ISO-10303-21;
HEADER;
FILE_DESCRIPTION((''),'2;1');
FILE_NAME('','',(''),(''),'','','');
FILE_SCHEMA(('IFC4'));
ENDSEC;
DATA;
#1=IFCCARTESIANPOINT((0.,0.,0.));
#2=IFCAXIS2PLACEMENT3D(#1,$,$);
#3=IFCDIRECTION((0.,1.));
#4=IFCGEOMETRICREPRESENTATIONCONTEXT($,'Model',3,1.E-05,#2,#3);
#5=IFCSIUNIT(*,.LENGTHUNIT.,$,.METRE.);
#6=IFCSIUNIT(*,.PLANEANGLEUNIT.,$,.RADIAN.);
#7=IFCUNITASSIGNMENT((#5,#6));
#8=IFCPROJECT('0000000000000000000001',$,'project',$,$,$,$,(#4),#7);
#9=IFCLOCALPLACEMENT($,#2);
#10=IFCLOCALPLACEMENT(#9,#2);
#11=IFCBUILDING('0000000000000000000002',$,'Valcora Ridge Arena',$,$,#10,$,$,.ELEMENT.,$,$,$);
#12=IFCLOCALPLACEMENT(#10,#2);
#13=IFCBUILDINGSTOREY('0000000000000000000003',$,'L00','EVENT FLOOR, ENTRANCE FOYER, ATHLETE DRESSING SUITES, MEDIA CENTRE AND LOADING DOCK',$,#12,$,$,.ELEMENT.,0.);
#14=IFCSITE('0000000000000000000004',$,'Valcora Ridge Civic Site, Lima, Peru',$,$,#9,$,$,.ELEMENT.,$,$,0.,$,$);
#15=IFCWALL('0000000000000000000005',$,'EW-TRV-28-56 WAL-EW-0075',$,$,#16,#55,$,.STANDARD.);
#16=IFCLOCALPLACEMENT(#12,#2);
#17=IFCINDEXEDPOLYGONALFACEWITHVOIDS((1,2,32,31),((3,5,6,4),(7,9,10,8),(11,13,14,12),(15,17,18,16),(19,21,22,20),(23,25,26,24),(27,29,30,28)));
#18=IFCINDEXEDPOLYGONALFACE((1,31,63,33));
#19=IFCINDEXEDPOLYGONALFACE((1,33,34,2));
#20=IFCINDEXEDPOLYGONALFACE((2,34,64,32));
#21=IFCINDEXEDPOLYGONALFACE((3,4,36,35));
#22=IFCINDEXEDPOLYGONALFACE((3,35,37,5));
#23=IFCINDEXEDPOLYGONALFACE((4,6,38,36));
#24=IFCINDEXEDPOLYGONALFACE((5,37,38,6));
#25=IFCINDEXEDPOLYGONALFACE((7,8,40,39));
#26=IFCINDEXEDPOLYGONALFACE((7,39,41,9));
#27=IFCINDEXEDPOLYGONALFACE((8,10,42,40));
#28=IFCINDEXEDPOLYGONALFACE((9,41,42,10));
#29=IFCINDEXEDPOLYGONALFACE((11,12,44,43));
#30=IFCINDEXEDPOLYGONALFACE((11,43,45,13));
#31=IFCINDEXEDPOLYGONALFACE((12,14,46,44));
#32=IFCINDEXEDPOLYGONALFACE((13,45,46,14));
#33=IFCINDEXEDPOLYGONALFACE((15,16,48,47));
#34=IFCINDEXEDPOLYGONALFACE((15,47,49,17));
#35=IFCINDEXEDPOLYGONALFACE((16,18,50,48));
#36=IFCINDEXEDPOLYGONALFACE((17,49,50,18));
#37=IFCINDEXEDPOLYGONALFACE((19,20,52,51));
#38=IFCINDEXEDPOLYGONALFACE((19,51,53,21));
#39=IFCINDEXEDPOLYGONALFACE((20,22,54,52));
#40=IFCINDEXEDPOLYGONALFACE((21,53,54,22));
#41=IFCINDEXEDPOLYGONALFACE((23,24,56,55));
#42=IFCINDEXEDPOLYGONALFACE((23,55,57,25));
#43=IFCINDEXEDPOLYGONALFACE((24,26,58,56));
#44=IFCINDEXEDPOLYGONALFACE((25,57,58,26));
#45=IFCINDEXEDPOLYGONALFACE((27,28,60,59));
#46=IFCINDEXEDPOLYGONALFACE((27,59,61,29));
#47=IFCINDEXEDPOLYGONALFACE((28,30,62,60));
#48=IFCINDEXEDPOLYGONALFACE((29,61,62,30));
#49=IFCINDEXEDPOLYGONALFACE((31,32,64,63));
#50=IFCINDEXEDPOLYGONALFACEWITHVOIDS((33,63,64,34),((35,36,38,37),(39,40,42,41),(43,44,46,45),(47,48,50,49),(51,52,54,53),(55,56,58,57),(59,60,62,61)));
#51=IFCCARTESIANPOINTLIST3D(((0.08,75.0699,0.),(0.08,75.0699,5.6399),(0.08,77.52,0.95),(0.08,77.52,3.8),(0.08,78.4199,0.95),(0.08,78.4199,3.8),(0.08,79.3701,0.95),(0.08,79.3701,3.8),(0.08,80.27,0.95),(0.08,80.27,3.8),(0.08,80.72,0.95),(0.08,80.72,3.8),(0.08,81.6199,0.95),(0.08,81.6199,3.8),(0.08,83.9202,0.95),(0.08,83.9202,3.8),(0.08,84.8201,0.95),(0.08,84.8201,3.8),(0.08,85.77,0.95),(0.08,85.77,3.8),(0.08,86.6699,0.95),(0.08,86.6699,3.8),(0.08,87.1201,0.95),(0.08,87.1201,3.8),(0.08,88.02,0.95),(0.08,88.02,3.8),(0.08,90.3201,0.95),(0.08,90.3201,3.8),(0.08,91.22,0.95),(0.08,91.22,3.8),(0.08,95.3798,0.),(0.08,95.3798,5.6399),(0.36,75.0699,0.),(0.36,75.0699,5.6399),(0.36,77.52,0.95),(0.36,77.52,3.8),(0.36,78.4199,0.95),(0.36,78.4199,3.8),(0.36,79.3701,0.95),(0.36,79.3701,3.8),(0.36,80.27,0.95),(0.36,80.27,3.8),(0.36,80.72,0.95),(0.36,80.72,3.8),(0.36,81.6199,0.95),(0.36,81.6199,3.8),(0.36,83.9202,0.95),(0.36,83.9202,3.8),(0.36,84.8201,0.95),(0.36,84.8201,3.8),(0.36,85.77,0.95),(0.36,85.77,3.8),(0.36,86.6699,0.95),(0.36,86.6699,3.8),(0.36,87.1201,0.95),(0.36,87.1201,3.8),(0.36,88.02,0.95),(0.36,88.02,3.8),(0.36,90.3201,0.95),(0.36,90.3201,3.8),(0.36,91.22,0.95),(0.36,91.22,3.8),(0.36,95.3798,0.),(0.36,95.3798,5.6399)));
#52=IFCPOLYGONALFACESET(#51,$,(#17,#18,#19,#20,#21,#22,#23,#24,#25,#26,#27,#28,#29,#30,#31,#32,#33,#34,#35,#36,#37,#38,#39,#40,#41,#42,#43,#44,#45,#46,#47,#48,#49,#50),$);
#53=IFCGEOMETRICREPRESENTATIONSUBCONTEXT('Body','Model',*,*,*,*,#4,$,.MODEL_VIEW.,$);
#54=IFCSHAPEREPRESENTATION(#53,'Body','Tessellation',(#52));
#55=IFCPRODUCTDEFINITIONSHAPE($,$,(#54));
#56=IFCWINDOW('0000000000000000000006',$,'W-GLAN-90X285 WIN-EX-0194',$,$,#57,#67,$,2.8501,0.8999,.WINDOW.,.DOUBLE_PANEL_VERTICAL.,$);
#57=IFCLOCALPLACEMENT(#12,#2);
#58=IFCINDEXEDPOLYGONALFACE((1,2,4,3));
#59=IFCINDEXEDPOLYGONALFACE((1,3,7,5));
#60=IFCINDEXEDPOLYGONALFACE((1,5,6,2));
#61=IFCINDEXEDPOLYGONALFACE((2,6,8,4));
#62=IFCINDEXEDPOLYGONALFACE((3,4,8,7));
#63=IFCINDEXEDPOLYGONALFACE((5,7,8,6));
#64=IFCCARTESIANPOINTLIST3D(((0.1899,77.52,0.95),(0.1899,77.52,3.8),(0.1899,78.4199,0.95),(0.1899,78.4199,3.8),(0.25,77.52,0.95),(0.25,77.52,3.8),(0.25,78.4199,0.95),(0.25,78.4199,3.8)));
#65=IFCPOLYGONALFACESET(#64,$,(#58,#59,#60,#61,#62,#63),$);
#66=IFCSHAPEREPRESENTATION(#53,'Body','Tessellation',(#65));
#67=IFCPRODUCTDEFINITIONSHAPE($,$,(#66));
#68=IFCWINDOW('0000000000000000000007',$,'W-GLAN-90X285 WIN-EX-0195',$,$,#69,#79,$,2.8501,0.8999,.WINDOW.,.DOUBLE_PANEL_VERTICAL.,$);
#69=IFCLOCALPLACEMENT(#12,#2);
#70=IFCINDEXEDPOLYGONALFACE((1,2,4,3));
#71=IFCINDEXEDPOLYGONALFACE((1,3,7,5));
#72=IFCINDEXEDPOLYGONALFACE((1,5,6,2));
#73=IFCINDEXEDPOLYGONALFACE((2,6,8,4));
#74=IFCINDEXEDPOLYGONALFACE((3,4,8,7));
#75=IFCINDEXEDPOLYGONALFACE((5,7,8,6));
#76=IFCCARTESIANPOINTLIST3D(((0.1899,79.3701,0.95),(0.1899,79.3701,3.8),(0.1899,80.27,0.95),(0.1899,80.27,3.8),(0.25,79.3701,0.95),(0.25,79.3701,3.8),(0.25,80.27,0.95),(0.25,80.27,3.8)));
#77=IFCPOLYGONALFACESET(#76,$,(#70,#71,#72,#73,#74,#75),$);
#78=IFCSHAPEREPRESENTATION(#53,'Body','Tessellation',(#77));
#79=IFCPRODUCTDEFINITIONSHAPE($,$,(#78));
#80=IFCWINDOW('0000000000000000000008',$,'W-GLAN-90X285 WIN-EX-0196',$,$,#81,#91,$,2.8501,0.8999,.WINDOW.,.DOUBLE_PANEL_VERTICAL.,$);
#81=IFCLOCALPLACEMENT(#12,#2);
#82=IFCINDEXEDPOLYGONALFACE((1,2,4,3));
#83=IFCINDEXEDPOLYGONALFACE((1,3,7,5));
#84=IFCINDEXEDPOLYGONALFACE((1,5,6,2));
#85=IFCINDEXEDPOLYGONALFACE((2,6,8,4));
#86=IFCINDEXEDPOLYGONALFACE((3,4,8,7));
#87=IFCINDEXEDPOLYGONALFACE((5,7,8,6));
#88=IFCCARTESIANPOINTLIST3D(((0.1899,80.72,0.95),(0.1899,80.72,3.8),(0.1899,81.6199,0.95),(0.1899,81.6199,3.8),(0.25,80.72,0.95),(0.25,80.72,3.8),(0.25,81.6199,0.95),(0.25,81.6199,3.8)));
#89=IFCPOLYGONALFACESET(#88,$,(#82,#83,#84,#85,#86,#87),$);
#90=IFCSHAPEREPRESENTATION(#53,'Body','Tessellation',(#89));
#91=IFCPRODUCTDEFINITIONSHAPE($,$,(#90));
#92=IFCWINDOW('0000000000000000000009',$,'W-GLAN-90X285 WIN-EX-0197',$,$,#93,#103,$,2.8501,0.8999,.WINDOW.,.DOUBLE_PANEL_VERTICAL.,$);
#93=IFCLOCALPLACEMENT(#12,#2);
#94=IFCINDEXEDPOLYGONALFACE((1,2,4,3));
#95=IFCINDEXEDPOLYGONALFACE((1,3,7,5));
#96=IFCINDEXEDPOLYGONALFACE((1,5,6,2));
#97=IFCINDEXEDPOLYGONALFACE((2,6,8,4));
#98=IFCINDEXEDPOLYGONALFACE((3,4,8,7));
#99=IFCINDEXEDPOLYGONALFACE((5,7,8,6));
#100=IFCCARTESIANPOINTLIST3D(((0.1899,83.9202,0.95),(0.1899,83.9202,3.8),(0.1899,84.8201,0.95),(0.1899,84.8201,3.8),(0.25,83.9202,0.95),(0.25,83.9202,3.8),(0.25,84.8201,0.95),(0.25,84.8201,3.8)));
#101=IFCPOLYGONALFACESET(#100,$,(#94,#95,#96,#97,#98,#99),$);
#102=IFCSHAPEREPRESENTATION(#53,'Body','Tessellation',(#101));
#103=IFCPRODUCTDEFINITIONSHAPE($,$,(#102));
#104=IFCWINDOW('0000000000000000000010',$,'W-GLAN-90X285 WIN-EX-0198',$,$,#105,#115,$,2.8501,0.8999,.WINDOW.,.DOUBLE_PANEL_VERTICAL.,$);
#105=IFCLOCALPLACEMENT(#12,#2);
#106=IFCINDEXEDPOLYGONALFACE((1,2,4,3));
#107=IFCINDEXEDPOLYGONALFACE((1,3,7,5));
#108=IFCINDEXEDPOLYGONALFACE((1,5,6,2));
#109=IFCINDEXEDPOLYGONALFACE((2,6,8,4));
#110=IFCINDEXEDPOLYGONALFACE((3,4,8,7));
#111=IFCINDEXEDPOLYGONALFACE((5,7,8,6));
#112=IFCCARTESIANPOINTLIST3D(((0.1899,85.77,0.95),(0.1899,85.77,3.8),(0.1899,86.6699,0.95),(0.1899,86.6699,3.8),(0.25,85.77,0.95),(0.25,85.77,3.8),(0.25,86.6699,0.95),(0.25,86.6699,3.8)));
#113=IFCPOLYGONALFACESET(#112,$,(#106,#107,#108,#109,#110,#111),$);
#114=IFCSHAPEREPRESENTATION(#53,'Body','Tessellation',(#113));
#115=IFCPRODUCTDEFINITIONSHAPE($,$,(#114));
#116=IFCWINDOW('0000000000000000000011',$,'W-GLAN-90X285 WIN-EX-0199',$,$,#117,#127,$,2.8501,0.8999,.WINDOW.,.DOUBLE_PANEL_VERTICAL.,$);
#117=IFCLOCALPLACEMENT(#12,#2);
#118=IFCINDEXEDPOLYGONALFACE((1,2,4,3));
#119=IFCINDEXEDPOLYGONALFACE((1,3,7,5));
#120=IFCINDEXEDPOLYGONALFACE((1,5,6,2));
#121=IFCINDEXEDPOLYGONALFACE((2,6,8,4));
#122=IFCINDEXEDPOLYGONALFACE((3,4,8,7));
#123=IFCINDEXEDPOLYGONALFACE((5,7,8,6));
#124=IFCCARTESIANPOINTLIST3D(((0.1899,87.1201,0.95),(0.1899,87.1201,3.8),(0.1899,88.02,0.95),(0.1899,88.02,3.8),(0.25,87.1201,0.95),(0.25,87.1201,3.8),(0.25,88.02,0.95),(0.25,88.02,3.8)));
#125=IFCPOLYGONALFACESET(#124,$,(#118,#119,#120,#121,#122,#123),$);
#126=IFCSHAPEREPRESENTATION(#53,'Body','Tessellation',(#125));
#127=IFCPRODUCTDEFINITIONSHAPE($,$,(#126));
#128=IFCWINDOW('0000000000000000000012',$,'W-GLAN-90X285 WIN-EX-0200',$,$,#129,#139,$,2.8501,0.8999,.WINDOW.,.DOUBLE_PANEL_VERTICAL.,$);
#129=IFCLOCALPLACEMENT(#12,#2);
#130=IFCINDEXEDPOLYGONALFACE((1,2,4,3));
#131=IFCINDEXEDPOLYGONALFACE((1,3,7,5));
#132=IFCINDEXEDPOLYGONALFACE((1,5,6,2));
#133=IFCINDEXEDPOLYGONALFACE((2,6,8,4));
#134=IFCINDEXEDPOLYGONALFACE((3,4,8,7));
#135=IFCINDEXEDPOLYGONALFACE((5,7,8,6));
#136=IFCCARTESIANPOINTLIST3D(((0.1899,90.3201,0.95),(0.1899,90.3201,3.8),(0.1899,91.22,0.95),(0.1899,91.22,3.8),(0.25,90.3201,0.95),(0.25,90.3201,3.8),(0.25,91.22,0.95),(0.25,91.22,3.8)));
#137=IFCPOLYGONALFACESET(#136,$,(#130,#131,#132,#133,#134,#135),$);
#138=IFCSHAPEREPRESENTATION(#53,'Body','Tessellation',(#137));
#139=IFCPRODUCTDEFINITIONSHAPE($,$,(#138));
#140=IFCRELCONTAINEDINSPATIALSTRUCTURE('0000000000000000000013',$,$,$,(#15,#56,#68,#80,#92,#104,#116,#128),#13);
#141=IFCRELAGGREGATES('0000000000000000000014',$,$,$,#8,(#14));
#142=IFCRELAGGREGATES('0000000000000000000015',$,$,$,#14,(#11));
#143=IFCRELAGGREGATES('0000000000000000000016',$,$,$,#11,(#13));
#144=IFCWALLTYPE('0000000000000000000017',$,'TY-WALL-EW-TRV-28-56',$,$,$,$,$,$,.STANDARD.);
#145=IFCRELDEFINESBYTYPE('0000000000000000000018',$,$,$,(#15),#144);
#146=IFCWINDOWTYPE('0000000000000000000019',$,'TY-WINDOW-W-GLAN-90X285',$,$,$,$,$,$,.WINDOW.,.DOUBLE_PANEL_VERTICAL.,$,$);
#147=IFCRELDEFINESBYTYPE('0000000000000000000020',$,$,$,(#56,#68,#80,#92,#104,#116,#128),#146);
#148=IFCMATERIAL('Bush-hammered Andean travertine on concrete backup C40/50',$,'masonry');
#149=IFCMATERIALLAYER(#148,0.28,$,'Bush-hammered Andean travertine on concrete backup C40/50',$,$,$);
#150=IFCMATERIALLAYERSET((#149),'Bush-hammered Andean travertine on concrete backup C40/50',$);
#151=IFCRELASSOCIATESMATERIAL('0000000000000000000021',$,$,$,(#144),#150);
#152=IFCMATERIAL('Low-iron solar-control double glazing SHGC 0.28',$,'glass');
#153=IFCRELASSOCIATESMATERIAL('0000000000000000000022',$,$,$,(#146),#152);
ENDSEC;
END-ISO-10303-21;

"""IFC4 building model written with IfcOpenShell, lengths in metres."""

from ifc_helpers import new_model, si_unit, direction, frame, frame_2d, origin, place, context, subcontext, project, spatial, rectangle, extrude, material, layer, layer_set, type_object, element, fill, save


model = new_model("IFC4")

# Units and contexts
model_context = context("Model", 3, precision=1e-05, world=origin(), true_north=direction((0.0, 1.0)))
body_context = subcontext(model_context, "Body", "Model", "MODEL_VIEW")
ifc_project = project(units=[si_unit("LENGTHUNIT", "METRE"), si_unit("PLANEANGLEUNIT", "RADIAN")], contexts=[model_context])

# Site, building, storey
site_placement = place(None, origin())
site = spatial("IfcSite", under=ifc_project, at=site_placement, Name="Valcora Ridge Civic Site, Lima, Peru", CompositionType="ELEMENT", RefElevation=0.0)
building_placement = place(site_placement, origin())
building = spatial("IfcBuilding", under=site, at=building_placement, Name="Valcora Ridge Arena", CompositionType="ELEMENT")
storey_placement = place(building_placement, origin())
storey = spatial("IfcBuildingStorey", under=building, at=storey_placement, Name="L00", Description="EVENT FLOOR, ENTRANCE FOYER, ATHLETE DRESSING SUITES, MEDIA CENTRE AND LOADING DOCK", CompositionType="ELEMENT", Elevation=0.0)

# Shared definitions
ifc_material_1 = material(Name="Bush-hammered Andean travertine on concrete backup C40/50", Category="masonry")
ifc_layer_1 = layer(ifc_material_1, 0.28, Name="Bush-hammered Andean travertine on concrete backup C40/50")
ifc_layer_set_1 = layer_set([ifc_layer_1], Name="Bush-hammered Andean travertine on concrete backup C40/50")
wall_type_1 = type_object("IfcWallType", Name="TY-WALL-EW-TRV-28-56", PredefinedType="STANDARD", material=ifc_layer_set_1)

# Wall, openings, windows
wall_1_placement = place(storey_placement, frame((0.22, 75.0701, 0.0), z_axis=(0.0, 0.0, 1.0), x_axis=(0.0, 1.0, 0.0)))
wall_1 = element("IfcWall", 1, at=wall_1_placement, inside=storey, type_object=wall_type_1, Name="EW-TRV-28-56 WAL-EW-0075", PredefinedType="STANDARD", context=body_context, shape_type="SweptSolid", body=[
    extrude(rectangle(XDim=20.3098, YDim=0.28, at=frame_2d((10.1548, 0.0))), origin(), (0.0, 0.0, 1.0), 5.6399),
])
opening_1_placement = place(wall_1_placement, frame((2.45, 0.0, 0.95)))
opening_1 = element("IfcOpeningElement", 2, at=opening_1_placement, cuts=wall_1, PredefinedType="OPENING", context=body_context, shape_type="SweptSolid", body=[
    extrude(rectangle(XDim=0.8999, YDim=2.8501, at=frame_2d((0.45, 1.425))), frame((0.0, 0.1499, 0.0), z_axis=(0.0, -1.0, 0.0), x_axis=(1.0, 0.0, 0.0)), (0.0, 0.0, 1.0), 0.3),
])
opening_2_placement = place(wall_1_placement, frame((4.3, 0.0, 0.95)))
opening_2 = element("IfcOpeningElement", 3, at=opening_2_placement, cuts=wall_1, PredefinedType="OPENING", context=body_context, shape_type="SweptSolid", body=[
    extrude(rectangle(XDim=0.8999, YDim=2.8501, at=frame_2d((0.45, 1.425))), frame((0.0, 0.1499, 0.0), z_axis=(0.0, -1.0, 0.0), x_axis=(1.0, 0.0, 0.0)), (0.0, 0.0, 1.0), 0.3),
])
opening_3_placement = place(wall_1_placement, frame((5.6499, 0.0, 0.95)))
opening_3 = element("IfcOpeningElement", 4, at=opening_3_placement, cuts=wall_1, PredefinedType="OPENING", context=body_context, shape_type="SweptSolid", body=[
    extrude(rectangle(XDim=0.8999, YDim=2.8501, at=frame_2d((0.45, 1.425))), frame((0.0, 0.1499, 0.0), z_axis=(0.0, -1.0, 0.0), x_axis=(1.0, 0.0, 0.0)), (0.0, 0.0, 1.0), 0.3),
])
opening_4_placement = place(wall_1_placement, frame((8.8501, 0.0, 0.95)))
opening_4 = element("IfcOpeningElement", 5, at=opening_4_placement, cuts=wall_1, PredefinedType="OPENING", context=body_context, shape_type="SweptSolid", body=[
    extrude(rectangle(XDim=0.8999, YDim=2.8501, at=frame_2d((0.45, 1.425))), frame((0.0, 0.1499, 0.0), z_axis=(0.0, -1.0, 0.0), x_axis=(1.0, 0.0, 0.0)), (0.0, 0.0, 1.0), 0.3),
])
opening_5_placement = place(wall_1_placement, frame((10.7, 0.0, 0.95)))
opening_5 = element("IfcOpeningElement", 6, at=opening_5_placement, cuts=wall_1, PredefinedType="OPENING", context=body_context, shape_type="SweptSolid", body=[
    extrude(rectangle(XDim=0.8999, YDim=2.8501, at=frame_2d((0.45, 1.425))), frame((0.0, 0.1499, 0.0), z_axis=(0.0, -1.0, 0.0), x_axis=(1.0, 0.0, 0.0)), (0.0, 0.0, 1.0), 0.3),
])
opening_6_placement = place(wall_1_placement, frame((12.05, 0.0, 0.95)))
opening_6 = element("IfcOpeningElement", 7, at=opening_6_placement, cuts=wall_1, PredefinedType="OPENING", context=body_context, shape_type="SweptSolid", body=[
    extrude(rectangle(XDim=0.8999, YDim=2.8501, at=frame_2d((0.45, 1.425))), frame((0.0, 0.1499, 0.0), z_axis=(0.0, -1.0, 0.0), x_axis=(1.0, 0.0, 0.0)), (0.0, 0.0, 1.0), 0.3),
])
opening_7_placement = place(wall_1_placement, frame((15.25, 0.0, 0.95)))
opening_7 = element("IfcOpeningElement", 8, at=opening_7_placement, cuts=wall_1, PredefinedType="OPENING", context=body_context, shape_type="SweptSolid", body=[
    extrude(rectangle(XDim=0.8999, YDim=2.8501, at=frame_2d((0.45, 1.425))), frame((0.0, 0.1499, 0.0), z_axis=(0.0, -1.0, 0.0), x_axis=(1.0, 0.0, 0.0)), (0.0, 0.0, 1.0), 0.3),
])
ifc_material_2 = material(Name="Low-iron solar-control double glazing SHGC 0.28", Category="glass")
window_type = type_object("IfcWindowType", Name="TY-WINDOW-W-GLAN-90X285", PartitioningType="DOUBLE_PANEL_VERTICAL", PredefinedType="WINDOW", material=ifc_material_2)
window_1_placement = place(opening_1_placement, origin())
window_1 = element("IfcWindow", 9, at=window_1_placement, inside=storey, type_object=window_type, Name="W-GLAN-90X285 WIN-EX-0194", OverallHeight=2.8501, OverallWidth=0.8999, PartitioningType="DOUBLE_PANEL_VERTICAL", PredefinedType="WINDOW", context=body_context, shape_type="SweptSolid", body=[
    extrude(rectangle(XDim=0.8999, YDim=2.8501, at=frame_2d((0.45, 1.425))), frame((0.0, 0.03, 0.0), z_axis=(0.0, -1.0, 0.0), x_axis=(1.0, 0.0, 0.0)), (0.0, 0.0, 1.0), 0.0601),
])
fill(opening_1, window_1)
window_2_placement = place(opening_2_placement, origin())
window_2 = element("IfcWindow", 10, at=window_2_placement, inside=storey, type_object=window_type, Name="W-GLAN-90X285 WIN-EX-0195", OverallHeight=2.8501, OverallWidth=0.8999, PartitioningType="DOUBLE_PANEL_VERTICAL", PredefinedType="WINDOW", context=body_context, shape_type="SweptSolid", body=[
    extrude(rectangle(XDim=0.8999, YDim=2.8501, at=frame_2d((0.45, 1.425))), frame((0.0, 0.03, 0.0), z_axis=(0.0, -1.0, 0.0), x_axis=(1.0, 0.0, 0.0)), (0.0, 0.0, 1.0), 0.0601),
])
fill(opening_2, window_2)
window_3_placement = place(opening_3_placement, origin())
window_3 = element("IfcWindow", 11, at=window_3_placement, inside=storey, type_object=window_type, Name="W-GLAN-90X285 WIN-EX-0196", OverallHeight=2.8501, OverallWidth=0.8999, PartitioningType="DOUBLE_PANEL_VERTICAL", PredefinedType="WINDOW", context=body_context, shape_type="SweptSolid", body=[
    extrude(rectangle(XDim=0.8999, YDim=2.8501, at=frame_2d((0.45, 1.425))), frame((0.0, 0.03, 0.0), z_axis=(0.0, -1.0, 0.0), x_axis=(1.0, 0.0, 0.0)), (0.0, 0.0, 1.0), 0.0601),
])
fill(opening_3, window_3)
window_4_placement = place(opening_4_placement, origin())
window_4 = element("IfcWindow", 12, at=window_4_placement, inside=storey, type_object=window_type, Name="W-GLAN-90X285 WIN-EX-0197", OverallHeight=2.8501, OverallWidth=0.8999, PartitioningType="DOUBLE_PANEL_VERTICAL", PredefinedType="WINDOW", context=body_context, shape_type="SweptSolid", body=[
    extrude(rectangle(XDim=0.8999, YDim=2.8501, at=frame_2d((0.45, 1.425))), frame((0.0, 0.03, 0.0), z_axis=(0.0, -1.0, 0.0), x_axis=(1.0, 0.0, 0.0)), (0.0, 0.0, 1.0), 0.0601),
])
fill(opening_4, window_4)
window_5_placement = place(opening_5_placement, origin())
window_5 = element("IfcWindow", 13, at=window_5_placement, inside=storey, type_object=window_type, Name="W-GLAN-90X285 WIN-EX-0198", OverallHeight=2.8501, OverallWidth=0.8999, PartitioningType="DOUBLE_PANEL_VERTICAL", PredefinedType="WINDOW", context=body_context, shape_type="SweptSolid", body=[
    extrude(rectangle(XDim=0.8999, YDim=2.8501, at=frame_2d((0.45, 1.425))), frame((0.0, 0.03, 0.0), z_axis=(0.0, -1.0, 0.0), x_axis=(1.0, 0.0, 0.0)), (0.0, 0.0, 1.0), 0.0601),
])
fill(opening_5, window_5)
window_6_placement = place(opening_6_placement, origin())
window_6 = element("IfcWindow", 14, at=window_6_placement, inside=storey, type_object=window_type, Name="W-GLAN-90X285 WIN-EX-0199", OverallHeight=2.8501, OverallWidth=0.8999, PartitioningType="DOUBLE_PANEL_VERTICAL", PredefinedType="WINDOW", context=body_context, shape_type="SweptSolid", body=[
    extrude(rectangle(XDim=0.8999, YDim=2.8501, at=frame_2d((0.45, 1.425))), frame((0.0, 0.03, 0.0), z_axis=(0.0, -1.0, 0.0), x_axis=(1.0, 0.0, 0.0)), (0.0, 0.0, 1.0), 0.0601),
])
fill(opening_6, window_6)
window_7_placement = place(opening_7_placement, origin())
window_7 = element("IfcWindow", 15, at=window_7_placement, inside=storey, type_object=window_type, Name="W-GLAN-90X285 WIN-EX-0200", OverallHeight=2.8501, OverallWidth=0.8999, PartitioningType="DOUBLE_PANEL_VERTICAL", PredefinedType="WINDOW", context=body_context, shape_type="SweptSolid", body=[
    extrude(rectangle(XDim=0.8999, YDim=2.8501, at=frame_2d((0.45, 1.425))), frame((0.0, 0.03, 0.0), z_axis=(0.0, -1.0, 0.0), x_axis=(1.0, 0.0, 0.0)), (0.0, 0.0, 1.0), 0.0601),
])
fill(opening_7, window_7)

save(model, "model.ifc")
